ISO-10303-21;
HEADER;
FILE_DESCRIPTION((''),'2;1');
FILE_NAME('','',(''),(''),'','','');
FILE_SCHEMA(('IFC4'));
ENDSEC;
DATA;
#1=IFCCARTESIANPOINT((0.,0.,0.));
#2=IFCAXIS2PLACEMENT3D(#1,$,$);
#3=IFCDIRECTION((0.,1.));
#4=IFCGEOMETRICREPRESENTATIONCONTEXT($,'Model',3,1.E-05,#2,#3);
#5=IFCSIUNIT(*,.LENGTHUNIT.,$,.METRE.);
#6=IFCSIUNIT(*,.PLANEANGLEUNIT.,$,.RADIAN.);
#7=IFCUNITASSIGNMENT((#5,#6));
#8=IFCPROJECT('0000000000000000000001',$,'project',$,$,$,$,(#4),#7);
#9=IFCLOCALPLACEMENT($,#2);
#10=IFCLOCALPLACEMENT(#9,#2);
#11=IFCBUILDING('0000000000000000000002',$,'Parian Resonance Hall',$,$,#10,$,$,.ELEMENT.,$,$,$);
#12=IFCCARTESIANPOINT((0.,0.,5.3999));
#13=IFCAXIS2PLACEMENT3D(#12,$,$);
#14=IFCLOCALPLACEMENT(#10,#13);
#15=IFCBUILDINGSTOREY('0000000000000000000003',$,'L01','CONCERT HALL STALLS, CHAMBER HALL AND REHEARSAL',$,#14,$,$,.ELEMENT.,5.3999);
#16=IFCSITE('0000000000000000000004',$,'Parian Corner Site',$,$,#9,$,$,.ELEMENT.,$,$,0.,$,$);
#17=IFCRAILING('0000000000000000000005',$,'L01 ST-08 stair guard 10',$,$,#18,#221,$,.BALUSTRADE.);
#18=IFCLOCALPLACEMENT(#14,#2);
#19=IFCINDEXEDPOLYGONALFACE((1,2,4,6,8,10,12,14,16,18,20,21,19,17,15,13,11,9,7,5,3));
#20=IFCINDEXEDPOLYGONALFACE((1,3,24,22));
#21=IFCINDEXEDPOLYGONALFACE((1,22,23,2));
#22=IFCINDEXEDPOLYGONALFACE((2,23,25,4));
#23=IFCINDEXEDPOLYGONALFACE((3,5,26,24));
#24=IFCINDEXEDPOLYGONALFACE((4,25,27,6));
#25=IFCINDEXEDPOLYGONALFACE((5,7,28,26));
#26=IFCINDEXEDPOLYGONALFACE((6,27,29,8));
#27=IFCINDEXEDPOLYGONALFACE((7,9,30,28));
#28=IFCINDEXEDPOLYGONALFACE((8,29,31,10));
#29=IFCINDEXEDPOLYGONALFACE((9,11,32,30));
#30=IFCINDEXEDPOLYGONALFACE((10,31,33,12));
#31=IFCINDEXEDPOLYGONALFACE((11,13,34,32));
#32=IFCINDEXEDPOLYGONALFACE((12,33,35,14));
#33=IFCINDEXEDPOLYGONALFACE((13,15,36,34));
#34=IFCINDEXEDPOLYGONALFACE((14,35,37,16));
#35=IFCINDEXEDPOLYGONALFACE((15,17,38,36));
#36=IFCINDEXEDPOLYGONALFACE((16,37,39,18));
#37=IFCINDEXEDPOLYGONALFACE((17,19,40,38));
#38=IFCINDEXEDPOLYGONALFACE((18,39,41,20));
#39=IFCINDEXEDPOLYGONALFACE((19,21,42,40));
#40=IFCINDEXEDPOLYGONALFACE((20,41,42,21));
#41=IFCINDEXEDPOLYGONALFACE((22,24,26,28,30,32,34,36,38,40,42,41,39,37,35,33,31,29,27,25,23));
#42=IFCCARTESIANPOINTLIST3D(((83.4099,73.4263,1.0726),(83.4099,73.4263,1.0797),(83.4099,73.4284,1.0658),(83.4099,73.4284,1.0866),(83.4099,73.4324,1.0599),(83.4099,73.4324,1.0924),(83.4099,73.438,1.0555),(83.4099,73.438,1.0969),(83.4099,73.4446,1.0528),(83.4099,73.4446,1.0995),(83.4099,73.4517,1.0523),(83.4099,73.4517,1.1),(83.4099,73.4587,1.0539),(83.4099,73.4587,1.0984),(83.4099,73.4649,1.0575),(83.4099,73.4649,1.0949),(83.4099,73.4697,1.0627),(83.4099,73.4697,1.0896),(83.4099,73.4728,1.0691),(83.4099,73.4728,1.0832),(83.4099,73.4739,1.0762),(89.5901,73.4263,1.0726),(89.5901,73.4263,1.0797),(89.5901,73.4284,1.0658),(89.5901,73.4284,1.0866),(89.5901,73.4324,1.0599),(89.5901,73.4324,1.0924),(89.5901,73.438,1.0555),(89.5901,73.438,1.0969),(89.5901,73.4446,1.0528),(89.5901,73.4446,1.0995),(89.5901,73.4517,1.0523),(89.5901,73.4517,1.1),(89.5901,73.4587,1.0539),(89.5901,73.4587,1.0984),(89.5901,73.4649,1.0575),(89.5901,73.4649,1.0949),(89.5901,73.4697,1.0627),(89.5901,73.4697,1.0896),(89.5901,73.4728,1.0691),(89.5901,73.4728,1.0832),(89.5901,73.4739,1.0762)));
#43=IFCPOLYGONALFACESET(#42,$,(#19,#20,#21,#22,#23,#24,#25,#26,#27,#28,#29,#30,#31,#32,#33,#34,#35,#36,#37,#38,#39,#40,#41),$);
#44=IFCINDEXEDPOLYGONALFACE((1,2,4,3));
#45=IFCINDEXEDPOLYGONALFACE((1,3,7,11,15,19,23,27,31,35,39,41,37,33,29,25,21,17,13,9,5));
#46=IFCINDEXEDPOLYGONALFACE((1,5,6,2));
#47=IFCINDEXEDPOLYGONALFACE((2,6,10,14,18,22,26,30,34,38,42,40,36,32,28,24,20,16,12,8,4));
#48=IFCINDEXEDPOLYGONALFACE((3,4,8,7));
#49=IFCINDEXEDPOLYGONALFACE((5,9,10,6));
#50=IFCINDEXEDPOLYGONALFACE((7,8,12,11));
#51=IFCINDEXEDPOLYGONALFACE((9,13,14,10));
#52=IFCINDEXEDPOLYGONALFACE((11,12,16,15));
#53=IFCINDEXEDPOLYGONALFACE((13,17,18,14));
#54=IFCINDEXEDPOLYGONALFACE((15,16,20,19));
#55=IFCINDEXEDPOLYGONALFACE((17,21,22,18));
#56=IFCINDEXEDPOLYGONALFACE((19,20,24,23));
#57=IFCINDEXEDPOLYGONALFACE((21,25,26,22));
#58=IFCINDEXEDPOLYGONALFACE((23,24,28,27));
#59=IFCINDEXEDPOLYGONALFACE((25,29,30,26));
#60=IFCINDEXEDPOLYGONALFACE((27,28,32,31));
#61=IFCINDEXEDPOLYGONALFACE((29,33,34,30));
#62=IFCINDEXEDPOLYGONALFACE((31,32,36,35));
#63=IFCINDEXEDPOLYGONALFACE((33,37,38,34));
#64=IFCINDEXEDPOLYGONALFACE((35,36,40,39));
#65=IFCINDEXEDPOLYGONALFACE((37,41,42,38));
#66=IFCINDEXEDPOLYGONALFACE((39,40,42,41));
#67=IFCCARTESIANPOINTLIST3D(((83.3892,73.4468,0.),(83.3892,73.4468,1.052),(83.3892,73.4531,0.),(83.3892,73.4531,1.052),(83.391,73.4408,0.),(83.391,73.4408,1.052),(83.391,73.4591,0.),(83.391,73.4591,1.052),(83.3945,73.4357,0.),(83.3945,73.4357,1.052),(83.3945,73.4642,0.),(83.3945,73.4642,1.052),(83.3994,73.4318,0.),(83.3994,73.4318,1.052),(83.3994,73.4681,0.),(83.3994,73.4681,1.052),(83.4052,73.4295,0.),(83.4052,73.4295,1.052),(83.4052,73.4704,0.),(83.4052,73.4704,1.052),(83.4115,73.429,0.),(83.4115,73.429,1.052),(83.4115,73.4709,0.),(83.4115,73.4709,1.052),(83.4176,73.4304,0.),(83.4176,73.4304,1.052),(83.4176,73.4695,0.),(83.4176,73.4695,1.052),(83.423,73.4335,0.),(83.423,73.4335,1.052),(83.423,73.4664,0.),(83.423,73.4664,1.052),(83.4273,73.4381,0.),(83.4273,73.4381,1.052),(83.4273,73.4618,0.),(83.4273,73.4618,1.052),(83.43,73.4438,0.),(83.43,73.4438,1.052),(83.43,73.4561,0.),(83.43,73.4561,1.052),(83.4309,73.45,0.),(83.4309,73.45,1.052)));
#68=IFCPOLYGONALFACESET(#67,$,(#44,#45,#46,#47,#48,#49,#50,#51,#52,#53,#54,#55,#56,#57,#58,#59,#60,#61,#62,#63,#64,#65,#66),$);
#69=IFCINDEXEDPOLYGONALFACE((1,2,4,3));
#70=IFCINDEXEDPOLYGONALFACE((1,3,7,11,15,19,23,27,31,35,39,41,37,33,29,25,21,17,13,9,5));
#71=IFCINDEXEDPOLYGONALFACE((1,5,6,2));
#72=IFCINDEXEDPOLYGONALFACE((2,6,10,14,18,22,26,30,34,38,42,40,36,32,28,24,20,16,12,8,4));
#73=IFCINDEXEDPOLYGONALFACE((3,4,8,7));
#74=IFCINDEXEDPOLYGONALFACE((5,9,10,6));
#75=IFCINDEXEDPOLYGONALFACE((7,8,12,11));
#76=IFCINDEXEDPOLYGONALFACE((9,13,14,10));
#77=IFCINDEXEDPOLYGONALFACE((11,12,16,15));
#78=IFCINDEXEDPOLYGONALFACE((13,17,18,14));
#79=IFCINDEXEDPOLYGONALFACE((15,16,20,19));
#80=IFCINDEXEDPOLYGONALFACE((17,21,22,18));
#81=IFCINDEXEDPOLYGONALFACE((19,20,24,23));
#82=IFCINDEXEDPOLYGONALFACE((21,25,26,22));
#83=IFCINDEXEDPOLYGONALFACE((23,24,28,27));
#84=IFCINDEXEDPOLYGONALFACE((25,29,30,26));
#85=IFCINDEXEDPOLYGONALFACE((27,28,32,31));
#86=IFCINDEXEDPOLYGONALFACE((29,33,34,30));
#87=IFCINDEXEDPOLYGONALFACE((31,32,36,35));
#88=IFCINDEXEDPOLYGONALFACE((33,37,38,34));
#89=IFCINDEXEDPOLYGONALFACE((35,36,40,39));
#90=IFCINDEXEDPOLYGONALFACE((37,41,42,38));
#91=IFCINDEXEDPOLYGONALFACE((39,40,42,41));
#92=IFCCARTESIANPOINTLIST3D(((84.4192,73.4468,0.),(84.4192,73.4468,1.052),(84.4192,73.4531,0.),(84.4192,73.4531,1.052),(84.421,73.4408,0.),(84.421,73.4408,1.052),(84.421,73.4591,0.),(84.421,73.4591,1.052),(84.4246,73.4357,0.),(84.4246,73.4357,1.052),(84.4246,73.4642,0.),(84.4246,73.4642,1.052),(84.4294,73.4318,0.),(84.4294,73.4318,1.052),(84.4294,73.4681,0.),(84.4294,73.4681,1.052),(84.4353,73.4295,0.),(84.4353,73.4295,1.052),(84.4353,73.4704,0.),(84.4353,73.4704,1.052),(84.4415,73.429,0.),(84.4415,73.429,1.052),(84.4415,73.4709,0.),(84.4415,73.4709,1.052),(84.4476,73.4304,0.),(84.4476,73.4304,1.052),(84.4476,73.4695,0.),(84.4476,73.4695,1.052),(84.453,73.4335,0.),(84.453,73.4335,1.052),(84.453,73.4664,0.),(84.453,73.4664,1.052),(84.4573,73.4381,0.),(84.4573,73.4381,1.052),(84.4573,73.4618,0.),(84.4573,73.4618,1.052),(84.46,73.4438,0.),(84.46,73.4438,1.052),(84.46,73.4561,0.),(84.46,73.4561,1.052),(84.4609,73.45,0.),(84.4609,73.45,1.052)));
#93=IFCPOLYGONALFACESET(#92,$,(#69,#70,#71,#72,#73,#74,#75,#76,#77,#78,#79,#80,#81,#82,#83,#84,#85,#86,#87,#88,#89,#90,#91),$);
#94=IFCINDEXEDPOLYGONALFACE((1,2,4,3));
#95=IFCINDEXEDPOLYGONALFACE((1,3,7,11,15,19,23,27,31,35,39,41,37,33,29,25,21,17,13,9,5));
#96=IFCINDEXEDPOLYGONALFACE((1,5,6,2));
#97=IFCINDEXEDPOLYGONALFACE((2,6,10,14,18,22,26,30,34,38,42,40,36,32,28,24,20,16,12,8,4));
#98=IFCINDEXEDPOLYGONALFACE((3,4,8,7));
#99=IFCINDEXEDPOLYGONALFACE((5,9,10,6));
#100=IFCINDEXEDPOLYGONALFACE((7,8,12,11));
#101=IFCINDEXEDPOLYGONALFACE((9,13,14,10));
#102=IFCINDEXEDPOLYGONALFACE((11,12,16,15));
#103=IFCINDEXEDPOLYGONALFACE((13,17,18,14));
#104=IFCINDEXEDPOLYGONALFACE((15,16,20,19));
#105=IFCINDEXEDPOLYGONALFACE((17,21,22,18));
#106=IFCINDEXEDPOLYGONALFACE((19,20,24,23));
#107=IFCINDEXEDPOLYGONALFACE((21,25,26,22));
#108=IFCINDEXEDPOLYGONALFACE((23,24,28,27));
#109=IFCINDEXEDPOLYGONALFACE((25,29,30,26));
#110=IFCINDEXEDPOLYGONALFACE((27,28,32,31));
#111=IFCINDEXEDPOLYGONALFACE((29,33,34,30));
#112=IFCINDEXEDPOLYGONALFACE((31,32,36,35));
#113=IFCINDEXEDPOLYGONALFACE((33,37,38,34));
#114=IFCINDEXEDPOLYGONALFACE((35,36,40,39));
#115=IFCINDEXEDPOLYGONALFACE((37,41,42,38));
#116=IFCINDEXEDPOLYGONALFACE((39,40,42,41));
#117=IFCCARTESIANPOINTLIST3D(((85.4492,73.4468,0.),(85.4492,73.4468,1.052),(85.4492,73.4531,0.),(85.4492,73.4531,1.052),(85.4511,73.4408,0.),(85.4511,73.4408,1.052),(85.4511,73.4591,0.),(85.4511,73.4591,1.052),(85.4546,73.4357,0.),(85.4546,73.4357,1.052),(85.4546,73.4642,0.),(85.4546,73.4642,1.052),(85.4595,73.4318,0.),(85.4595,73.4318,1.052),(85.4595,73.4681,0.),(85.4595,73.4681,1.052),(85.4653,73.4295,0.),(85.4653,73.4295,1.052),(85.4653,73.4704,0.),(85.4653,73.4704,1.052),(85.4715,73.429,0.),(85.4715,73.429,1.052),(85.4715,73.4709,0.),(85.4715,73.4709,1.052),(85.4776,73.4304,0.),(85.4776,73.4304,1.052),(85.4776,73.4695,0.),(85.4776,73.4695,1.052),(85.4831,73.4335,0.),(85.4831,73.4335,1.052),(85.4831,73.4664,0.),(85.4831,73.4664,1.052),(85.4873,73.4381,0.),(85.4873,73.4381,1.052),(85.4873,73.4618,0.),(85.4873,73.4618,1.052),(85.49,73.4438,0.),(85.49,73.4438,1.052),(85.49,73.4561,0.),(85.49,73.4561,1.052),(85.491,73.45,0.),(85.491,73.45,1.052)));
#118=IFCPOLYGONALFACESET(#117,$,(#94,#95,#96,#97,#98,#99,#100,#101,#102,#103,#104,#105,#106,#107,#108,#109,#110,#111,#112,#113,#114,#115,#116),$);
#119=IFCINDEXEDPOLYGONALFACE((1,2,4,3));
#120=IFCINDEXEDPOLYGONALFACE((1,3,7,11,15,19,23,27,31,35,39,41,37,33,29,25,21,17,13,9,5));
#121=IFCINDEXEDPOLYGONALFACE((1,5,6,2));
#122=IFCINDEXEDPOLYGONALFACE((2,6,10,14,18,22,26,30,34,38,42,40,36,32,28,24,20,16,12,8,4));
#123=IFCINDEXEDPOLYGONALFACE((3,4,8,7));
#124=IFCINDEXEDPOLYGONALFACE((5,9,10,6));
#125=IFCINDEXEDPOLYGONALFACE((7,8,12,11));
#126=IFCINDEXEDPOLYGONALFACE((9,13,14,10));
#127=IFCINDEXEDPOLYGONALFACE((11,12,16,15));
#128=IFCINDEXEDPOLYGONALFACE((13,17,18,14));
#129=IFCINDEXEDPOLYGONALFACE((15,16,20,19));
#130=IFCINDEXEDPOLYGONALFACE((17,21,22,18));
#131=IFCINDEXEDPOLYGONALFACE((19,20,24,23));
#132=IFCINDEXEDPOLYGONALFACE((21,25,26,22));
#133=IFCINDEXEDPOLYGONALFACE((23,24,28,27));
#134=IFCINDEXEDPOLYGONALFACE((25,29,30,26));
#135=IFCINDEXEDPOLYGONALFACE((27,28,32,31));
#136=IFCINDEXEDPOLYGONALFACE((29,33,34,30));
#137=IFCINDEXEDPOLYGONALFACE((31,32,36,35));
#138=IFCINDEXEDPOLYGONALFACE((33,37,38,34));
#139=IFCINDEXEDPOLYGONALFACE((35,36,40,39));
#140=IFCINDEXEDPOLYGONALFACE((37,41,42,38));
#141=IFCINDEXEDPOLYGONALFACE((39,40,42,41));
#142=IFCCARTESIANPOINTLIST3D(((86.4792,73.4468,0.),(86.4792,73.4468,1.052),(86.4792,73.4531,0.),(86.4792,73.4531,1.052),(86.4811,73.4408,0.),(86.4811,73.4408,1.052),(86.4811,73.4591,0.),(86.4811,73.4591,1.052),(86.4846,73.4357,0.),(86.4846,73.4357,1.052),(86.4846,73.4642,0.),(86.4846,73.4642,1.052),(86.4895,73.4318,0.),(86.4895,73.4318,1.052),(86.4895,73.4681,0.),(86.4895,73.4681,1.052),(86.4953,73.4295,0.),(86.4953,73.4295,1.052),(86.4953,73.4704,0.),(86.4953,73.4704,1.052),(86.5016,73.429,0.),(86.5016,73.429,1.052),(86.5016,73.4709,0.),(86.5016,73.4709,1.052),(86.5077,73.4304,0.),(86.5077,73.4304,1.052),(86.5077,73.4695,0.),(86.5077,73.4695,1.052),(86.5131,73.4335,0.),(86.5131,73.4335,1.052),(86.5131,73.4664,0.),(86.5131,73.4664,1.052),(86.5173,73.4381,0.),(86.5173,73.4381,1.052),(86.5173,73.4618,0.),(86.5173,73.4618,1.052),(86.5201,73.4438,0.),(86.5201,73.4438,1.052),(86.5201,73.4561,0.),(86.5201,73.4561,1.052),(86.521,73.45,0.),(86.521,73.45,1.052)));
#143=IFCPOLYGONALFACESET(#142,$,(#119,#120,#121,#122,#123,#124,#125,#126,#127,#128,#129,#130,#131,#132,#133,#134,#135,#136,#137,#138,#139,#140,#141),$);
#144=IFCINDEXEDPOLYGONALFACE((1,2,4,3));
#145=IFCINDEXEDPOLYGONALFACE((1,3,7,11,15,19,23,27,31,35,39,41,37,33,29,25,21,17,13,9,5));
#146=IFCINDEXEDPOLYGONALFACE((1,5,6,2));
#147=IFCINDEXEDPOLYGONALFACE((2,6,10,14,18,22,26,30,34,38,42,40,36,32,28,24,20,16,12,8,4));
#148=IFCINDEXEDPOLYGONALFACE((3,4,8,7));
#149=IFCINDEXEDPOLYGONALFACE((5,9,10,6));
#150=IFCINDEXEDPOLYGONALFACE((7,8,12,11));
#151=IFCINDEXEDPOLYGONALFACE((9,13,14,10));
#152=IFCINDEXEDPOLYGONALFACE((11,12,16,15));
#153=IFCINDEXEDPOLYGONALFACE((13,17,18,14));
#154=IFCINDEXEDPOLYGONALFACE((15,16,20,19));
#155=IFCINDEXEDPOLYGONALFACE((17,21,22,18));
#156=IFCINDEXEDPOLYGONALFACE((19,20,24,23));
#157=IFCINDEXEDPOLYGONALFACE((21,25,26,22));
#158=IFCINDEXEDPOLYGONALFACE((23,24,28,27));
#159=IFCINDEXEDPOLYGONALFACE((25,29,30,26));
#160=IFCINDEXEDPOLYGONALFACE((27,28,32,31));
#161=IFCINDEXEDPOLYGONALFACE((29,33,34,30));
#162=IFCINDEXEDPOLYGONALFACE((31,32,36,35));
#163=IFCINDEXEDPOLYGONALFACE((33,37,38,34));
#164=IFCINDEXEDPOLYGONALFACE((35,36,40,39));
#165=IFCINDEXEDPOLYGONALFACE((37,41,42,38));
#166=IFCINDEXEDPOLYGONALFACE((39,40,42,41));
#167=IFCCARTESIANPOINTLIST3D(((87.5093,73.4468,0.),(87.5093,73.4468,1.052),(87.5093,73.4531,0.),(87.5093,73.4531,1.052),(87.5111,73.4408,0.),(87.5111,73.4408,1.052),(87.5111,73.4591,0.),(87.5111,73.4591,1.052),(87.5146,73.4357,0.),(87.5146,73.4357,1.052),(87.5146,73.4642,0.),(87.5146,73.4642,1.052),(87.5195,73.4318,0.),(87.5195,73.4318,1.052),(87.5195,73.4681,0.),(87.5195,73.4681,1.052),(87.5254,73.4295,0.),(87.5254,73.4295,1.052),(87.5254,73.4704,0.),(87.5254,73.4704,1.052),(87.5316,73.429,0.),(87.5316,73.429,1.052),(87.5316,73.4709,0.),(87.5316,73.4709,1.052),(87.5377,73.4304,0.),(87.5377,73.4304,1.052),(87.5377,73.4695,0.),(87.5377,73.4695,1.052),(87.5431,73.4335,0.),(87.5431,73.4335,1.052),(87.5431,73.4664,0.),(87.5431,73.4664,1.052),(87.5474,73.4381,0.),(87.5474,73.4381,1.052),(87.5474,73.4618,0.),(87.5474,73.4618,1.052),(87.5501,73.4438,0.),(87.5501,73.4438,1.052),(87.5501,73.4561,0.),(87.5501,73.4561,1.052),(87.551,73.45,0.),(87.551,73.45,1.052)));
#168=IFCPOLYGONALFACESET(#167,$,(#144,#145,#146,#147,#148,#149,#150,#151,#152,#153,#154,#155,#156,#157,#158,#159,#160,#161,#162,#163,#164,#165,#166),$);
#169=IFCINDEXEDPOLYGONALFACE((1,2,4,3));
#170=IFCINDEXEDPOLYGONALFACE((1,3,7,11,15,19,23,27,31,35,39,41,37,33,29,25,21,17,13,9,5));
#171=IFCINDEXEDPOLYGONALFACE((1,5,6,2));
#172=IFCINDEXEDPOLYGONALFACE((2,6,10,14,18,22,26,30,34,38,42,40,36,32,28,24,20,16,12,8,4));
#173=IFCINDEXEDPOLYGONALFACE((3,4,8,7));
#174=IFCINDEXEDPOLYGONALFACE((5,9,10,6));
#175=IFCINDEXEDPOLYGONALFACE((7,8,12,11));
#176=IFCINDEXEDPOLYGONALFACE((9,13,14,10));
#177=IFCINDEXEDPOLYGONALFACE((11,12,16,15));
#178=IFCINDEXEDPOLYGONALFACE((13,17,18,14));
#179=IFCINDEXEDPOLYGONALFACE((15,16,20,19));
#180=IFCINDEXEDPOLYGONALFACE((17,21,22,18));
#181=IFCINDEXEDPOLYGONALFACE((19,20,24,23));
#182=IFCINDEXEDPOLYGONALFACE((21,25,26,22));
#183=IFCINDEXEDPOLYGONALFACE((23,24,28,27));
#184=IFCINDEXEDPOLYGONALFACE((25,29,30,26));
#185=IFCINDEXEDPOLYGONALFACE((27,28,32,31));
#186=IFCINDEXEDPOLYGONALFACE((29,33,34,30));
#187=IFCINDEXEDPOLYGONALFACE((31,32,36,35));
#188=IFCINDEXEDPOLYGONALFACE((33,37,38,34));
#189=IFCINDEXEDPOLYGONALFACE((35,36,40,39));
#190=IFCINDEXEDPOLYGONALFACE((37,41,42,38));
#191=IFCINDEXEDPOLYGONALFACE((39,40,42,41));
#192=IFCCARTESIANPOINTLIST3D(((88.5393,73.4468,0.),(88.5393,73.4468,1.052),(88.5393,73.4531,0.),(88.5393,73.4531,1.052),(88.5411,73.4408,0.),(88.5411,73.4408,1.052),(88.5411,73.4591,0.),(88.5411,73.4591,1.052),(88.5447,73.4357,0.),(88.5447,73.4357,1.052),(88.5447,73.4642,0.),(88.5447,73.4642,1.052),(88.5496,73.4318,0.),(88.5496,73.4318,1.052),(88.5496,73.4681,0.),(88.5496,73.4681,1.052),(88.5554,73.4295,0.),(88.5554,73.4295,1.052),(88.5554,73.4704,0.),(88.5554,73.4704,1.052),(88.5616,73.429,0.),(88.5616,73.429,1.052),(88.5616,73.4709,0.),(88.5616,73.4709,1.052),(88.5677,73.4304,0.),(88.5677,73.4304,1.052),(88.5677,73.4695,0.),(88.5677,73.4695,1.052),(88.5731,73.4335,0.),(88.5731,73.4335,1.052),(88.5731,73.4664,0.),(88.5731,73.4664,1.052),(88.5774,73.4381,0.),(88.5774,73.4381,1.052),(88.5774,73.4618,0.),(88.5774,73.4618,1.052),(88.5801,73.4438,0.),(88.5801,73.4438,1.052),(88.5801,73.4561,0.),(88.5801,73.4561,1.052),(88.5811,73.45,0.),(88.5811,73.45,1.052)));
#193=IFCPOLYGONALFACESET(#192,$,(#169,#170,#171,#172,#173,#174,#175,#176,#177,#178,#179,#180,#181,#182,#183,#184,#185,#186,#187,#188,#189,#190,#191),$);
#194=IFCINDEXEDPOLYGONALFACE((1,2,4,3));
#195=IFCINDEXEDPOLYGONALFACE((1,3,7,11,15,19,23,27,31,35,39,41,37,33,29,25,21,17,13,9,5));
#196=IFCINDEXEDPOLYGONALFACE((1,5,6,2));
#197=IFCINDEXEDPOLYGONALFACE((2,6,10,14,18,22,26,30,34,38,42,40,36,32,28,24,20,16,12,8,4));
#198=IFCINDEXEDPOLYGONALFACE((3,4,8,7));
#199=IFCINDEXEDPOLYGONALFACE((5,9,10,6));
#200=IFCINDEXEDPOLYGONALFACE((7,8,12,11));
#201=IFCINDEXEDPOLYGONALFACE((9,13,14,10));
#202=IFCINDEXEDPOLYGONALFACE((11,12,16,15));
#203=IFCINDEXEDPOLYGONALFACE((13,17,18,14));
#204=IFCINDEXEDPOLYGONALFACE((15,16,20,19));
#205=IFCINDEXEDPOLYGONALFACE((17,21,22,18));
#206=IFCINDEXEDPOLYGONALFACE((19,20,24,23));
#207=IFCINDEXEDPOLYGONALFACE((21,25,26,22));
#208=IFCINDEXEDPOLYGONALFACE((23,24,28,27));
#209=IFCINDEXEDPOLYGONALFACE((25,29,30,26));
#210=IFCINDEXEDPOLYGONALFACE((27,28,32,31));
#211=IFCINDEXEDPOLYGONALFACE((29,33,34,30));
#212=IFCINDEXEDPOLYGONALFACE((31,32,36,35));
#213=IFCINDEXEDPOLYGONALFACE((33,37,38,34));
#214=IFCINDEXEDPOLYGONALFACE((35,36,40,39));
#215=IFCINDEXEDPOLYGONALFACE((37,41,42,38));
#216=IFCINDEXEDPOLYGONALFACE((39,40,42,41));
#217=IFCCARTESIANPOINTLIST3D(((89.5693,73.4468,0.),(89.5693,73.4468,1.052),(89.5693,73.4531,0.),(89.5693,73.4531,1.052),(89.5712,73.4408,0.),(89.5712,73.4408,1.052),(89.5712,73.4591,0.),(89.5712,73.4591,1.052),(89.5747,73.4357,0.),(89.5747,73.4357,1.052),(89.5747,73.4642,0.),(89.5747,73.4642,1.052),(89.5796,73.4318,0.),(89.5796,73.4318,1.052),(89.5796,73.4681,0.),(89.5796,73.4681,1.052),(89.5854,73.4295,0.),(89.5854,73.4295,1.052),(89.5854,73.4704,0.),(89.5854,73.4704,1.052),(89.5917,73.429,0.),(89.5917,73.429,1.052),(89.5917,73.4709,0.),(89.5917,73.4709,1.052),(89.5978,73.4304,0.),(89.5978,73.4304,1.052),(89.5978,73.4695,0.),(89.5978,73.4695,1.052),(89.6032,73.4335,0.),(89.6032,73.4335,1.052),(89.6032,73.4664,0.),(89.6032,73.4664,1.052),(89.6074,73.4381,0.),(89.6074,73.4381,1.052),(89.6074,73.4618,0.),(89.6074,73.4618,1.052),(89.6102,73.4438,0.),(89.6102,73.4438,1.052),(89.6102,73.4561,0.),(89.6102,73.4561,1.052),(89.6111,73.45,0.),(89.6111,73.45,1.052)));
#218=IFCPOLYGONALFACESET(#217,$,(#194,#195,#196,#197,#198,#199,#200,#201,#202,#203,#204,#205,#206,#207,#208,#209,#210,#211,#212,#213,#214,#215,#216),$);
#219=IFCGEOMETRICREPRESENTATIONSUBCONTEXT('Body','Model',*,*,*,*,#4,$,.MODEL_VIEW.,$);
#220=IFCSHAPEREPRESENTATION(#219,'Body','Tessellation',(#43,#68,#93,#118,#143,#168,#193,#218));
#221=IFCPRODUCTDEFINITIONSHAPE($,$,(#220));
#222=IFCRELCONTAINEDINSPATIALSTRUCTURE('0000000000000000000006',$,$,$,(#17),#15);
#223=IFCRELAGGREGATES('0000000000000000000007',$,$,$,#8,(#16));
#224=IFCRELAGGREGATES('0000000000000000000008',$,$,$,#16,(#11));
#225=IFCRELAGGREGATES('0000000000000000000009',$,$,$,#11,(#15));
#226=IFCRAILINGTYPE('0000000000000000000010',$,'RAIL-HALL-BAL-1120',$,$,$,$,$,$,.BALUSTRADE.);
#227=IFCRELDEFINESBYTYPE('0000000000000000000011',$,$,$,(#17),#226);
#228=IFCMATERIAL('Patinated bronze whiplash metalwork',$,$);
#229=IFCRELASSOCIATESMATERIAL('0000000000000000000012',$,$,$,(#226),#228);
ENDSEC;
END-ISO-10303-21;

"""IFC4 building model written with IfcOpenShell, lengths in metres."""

from ifc_helpers import new_model, si_unit, direction, frame, origin, origin_2d, place, context, subcontext, project, spatial, circle, extrude, material, type_object, element, save


model = new_model("IFC4")

# Units and contexts
model_context = context("Model", 3, precision=1e-05, world=origin(), true_north=direction((0.0, 1.0)))
body_context = subcontext(model_context, "Body", "Model", "MODEL_VIEW")
ifc_project = project(units=[si_unit("LENGTHUNIT", "METRE"), si_unit("PLANEANGLEUNIT", "RADIAN")], contexts=[model_context])

# Site, building, storey
site_placement = place(None, origin())
site = spatial("IfcSite", under=ifc_project, at=site_placement, Name="Parian Corner Site", CompositionType="ELEMENT", RefElevation=0.0)
building_placement = place(site_placement, origin())
building = spatial("IfcBuilding", under=site, at=building_placement, Name="Parian Resonance Hall", CompositionType="ELEMENT")
storey_placement = place(building_placement, frame((0.0, 0.0, 5.3999)))
storey = spatial("IfcBuildingStorey", under=building, at=storey_placement, Name="L01", Description="CONCERT HALL STALLS, CHAMBER HALL AND REHEARSAL", CompositionType="ELEMENT", Elevation=5.3999)

# Railing
ifc_material_1 = material(Name="Patinated bronze whiplash metalwork")
railing_type_1 = type_object("IfcRailingType", Name="RAIL-HALL-BAL-1120", PredefinedType="BALUSTRADE", material=ifc_material_1)
railing_1_placement = place(storey_placement, frame((83.4099, 73.45, 0.0)))
element("IfcRailing", 1, at=railing_1_placement, inside=storey, type_object=railing_type_1, Name="L01 ST-08 stair guard 10", PredefinedType="BALUSTRADE", context=body_context, shape_type="SweptSolid", body=[
    extrude(circle(Radius=0.0239, at=origin_2d()), frame((0.0, 0.0, 1.0762), z_axis=(1.0, 0.0, 0.0), x_axis=(0.0, 1.0, 0.0)), (0.0, 0.0, 1.0), 6.1802),
    extrude(circle(Radius=0.021, at=origin_2d()), origin(), (0.0, 0.0, 1.0), 1.052),
    extrude(circle(Radius=0.021, at=origin_2d()), frame((1.03, 0.0, 0.0)), (0.0, 0.0, 1.0), 1.052),
    extrude(circle(Radius=0.021, at=origin_2d()), frame((2.0601, 0.0, 0.0)), (0.0, 0.0, 1.0), 1.052),
    extrude(circle(Radius=0.021, at=origin_2d()), frame((3.0901, 0.0, 0.0)), (0.0, 0.0, 1.0), 1.052),
    extrude(circle(Radius=0.021, at=origin_2d()), frame((4.1201, 0.0, 0.0)), (0.0, 0.0, 1.0), 1.052),
    extrude(circle(Radius=0.021, at=origin_2d()), frame((5.1501, 0.0, 0.0)), (0.0, 0.0, 1.0), 1.052),
    extrude(circle(Radius=0.021, at=origin_2d()), frame((6.1802, 0.0, 0.0)), (0.0, 0.0, 1.0), 1.052),
])

save(model, "model.ifc")
